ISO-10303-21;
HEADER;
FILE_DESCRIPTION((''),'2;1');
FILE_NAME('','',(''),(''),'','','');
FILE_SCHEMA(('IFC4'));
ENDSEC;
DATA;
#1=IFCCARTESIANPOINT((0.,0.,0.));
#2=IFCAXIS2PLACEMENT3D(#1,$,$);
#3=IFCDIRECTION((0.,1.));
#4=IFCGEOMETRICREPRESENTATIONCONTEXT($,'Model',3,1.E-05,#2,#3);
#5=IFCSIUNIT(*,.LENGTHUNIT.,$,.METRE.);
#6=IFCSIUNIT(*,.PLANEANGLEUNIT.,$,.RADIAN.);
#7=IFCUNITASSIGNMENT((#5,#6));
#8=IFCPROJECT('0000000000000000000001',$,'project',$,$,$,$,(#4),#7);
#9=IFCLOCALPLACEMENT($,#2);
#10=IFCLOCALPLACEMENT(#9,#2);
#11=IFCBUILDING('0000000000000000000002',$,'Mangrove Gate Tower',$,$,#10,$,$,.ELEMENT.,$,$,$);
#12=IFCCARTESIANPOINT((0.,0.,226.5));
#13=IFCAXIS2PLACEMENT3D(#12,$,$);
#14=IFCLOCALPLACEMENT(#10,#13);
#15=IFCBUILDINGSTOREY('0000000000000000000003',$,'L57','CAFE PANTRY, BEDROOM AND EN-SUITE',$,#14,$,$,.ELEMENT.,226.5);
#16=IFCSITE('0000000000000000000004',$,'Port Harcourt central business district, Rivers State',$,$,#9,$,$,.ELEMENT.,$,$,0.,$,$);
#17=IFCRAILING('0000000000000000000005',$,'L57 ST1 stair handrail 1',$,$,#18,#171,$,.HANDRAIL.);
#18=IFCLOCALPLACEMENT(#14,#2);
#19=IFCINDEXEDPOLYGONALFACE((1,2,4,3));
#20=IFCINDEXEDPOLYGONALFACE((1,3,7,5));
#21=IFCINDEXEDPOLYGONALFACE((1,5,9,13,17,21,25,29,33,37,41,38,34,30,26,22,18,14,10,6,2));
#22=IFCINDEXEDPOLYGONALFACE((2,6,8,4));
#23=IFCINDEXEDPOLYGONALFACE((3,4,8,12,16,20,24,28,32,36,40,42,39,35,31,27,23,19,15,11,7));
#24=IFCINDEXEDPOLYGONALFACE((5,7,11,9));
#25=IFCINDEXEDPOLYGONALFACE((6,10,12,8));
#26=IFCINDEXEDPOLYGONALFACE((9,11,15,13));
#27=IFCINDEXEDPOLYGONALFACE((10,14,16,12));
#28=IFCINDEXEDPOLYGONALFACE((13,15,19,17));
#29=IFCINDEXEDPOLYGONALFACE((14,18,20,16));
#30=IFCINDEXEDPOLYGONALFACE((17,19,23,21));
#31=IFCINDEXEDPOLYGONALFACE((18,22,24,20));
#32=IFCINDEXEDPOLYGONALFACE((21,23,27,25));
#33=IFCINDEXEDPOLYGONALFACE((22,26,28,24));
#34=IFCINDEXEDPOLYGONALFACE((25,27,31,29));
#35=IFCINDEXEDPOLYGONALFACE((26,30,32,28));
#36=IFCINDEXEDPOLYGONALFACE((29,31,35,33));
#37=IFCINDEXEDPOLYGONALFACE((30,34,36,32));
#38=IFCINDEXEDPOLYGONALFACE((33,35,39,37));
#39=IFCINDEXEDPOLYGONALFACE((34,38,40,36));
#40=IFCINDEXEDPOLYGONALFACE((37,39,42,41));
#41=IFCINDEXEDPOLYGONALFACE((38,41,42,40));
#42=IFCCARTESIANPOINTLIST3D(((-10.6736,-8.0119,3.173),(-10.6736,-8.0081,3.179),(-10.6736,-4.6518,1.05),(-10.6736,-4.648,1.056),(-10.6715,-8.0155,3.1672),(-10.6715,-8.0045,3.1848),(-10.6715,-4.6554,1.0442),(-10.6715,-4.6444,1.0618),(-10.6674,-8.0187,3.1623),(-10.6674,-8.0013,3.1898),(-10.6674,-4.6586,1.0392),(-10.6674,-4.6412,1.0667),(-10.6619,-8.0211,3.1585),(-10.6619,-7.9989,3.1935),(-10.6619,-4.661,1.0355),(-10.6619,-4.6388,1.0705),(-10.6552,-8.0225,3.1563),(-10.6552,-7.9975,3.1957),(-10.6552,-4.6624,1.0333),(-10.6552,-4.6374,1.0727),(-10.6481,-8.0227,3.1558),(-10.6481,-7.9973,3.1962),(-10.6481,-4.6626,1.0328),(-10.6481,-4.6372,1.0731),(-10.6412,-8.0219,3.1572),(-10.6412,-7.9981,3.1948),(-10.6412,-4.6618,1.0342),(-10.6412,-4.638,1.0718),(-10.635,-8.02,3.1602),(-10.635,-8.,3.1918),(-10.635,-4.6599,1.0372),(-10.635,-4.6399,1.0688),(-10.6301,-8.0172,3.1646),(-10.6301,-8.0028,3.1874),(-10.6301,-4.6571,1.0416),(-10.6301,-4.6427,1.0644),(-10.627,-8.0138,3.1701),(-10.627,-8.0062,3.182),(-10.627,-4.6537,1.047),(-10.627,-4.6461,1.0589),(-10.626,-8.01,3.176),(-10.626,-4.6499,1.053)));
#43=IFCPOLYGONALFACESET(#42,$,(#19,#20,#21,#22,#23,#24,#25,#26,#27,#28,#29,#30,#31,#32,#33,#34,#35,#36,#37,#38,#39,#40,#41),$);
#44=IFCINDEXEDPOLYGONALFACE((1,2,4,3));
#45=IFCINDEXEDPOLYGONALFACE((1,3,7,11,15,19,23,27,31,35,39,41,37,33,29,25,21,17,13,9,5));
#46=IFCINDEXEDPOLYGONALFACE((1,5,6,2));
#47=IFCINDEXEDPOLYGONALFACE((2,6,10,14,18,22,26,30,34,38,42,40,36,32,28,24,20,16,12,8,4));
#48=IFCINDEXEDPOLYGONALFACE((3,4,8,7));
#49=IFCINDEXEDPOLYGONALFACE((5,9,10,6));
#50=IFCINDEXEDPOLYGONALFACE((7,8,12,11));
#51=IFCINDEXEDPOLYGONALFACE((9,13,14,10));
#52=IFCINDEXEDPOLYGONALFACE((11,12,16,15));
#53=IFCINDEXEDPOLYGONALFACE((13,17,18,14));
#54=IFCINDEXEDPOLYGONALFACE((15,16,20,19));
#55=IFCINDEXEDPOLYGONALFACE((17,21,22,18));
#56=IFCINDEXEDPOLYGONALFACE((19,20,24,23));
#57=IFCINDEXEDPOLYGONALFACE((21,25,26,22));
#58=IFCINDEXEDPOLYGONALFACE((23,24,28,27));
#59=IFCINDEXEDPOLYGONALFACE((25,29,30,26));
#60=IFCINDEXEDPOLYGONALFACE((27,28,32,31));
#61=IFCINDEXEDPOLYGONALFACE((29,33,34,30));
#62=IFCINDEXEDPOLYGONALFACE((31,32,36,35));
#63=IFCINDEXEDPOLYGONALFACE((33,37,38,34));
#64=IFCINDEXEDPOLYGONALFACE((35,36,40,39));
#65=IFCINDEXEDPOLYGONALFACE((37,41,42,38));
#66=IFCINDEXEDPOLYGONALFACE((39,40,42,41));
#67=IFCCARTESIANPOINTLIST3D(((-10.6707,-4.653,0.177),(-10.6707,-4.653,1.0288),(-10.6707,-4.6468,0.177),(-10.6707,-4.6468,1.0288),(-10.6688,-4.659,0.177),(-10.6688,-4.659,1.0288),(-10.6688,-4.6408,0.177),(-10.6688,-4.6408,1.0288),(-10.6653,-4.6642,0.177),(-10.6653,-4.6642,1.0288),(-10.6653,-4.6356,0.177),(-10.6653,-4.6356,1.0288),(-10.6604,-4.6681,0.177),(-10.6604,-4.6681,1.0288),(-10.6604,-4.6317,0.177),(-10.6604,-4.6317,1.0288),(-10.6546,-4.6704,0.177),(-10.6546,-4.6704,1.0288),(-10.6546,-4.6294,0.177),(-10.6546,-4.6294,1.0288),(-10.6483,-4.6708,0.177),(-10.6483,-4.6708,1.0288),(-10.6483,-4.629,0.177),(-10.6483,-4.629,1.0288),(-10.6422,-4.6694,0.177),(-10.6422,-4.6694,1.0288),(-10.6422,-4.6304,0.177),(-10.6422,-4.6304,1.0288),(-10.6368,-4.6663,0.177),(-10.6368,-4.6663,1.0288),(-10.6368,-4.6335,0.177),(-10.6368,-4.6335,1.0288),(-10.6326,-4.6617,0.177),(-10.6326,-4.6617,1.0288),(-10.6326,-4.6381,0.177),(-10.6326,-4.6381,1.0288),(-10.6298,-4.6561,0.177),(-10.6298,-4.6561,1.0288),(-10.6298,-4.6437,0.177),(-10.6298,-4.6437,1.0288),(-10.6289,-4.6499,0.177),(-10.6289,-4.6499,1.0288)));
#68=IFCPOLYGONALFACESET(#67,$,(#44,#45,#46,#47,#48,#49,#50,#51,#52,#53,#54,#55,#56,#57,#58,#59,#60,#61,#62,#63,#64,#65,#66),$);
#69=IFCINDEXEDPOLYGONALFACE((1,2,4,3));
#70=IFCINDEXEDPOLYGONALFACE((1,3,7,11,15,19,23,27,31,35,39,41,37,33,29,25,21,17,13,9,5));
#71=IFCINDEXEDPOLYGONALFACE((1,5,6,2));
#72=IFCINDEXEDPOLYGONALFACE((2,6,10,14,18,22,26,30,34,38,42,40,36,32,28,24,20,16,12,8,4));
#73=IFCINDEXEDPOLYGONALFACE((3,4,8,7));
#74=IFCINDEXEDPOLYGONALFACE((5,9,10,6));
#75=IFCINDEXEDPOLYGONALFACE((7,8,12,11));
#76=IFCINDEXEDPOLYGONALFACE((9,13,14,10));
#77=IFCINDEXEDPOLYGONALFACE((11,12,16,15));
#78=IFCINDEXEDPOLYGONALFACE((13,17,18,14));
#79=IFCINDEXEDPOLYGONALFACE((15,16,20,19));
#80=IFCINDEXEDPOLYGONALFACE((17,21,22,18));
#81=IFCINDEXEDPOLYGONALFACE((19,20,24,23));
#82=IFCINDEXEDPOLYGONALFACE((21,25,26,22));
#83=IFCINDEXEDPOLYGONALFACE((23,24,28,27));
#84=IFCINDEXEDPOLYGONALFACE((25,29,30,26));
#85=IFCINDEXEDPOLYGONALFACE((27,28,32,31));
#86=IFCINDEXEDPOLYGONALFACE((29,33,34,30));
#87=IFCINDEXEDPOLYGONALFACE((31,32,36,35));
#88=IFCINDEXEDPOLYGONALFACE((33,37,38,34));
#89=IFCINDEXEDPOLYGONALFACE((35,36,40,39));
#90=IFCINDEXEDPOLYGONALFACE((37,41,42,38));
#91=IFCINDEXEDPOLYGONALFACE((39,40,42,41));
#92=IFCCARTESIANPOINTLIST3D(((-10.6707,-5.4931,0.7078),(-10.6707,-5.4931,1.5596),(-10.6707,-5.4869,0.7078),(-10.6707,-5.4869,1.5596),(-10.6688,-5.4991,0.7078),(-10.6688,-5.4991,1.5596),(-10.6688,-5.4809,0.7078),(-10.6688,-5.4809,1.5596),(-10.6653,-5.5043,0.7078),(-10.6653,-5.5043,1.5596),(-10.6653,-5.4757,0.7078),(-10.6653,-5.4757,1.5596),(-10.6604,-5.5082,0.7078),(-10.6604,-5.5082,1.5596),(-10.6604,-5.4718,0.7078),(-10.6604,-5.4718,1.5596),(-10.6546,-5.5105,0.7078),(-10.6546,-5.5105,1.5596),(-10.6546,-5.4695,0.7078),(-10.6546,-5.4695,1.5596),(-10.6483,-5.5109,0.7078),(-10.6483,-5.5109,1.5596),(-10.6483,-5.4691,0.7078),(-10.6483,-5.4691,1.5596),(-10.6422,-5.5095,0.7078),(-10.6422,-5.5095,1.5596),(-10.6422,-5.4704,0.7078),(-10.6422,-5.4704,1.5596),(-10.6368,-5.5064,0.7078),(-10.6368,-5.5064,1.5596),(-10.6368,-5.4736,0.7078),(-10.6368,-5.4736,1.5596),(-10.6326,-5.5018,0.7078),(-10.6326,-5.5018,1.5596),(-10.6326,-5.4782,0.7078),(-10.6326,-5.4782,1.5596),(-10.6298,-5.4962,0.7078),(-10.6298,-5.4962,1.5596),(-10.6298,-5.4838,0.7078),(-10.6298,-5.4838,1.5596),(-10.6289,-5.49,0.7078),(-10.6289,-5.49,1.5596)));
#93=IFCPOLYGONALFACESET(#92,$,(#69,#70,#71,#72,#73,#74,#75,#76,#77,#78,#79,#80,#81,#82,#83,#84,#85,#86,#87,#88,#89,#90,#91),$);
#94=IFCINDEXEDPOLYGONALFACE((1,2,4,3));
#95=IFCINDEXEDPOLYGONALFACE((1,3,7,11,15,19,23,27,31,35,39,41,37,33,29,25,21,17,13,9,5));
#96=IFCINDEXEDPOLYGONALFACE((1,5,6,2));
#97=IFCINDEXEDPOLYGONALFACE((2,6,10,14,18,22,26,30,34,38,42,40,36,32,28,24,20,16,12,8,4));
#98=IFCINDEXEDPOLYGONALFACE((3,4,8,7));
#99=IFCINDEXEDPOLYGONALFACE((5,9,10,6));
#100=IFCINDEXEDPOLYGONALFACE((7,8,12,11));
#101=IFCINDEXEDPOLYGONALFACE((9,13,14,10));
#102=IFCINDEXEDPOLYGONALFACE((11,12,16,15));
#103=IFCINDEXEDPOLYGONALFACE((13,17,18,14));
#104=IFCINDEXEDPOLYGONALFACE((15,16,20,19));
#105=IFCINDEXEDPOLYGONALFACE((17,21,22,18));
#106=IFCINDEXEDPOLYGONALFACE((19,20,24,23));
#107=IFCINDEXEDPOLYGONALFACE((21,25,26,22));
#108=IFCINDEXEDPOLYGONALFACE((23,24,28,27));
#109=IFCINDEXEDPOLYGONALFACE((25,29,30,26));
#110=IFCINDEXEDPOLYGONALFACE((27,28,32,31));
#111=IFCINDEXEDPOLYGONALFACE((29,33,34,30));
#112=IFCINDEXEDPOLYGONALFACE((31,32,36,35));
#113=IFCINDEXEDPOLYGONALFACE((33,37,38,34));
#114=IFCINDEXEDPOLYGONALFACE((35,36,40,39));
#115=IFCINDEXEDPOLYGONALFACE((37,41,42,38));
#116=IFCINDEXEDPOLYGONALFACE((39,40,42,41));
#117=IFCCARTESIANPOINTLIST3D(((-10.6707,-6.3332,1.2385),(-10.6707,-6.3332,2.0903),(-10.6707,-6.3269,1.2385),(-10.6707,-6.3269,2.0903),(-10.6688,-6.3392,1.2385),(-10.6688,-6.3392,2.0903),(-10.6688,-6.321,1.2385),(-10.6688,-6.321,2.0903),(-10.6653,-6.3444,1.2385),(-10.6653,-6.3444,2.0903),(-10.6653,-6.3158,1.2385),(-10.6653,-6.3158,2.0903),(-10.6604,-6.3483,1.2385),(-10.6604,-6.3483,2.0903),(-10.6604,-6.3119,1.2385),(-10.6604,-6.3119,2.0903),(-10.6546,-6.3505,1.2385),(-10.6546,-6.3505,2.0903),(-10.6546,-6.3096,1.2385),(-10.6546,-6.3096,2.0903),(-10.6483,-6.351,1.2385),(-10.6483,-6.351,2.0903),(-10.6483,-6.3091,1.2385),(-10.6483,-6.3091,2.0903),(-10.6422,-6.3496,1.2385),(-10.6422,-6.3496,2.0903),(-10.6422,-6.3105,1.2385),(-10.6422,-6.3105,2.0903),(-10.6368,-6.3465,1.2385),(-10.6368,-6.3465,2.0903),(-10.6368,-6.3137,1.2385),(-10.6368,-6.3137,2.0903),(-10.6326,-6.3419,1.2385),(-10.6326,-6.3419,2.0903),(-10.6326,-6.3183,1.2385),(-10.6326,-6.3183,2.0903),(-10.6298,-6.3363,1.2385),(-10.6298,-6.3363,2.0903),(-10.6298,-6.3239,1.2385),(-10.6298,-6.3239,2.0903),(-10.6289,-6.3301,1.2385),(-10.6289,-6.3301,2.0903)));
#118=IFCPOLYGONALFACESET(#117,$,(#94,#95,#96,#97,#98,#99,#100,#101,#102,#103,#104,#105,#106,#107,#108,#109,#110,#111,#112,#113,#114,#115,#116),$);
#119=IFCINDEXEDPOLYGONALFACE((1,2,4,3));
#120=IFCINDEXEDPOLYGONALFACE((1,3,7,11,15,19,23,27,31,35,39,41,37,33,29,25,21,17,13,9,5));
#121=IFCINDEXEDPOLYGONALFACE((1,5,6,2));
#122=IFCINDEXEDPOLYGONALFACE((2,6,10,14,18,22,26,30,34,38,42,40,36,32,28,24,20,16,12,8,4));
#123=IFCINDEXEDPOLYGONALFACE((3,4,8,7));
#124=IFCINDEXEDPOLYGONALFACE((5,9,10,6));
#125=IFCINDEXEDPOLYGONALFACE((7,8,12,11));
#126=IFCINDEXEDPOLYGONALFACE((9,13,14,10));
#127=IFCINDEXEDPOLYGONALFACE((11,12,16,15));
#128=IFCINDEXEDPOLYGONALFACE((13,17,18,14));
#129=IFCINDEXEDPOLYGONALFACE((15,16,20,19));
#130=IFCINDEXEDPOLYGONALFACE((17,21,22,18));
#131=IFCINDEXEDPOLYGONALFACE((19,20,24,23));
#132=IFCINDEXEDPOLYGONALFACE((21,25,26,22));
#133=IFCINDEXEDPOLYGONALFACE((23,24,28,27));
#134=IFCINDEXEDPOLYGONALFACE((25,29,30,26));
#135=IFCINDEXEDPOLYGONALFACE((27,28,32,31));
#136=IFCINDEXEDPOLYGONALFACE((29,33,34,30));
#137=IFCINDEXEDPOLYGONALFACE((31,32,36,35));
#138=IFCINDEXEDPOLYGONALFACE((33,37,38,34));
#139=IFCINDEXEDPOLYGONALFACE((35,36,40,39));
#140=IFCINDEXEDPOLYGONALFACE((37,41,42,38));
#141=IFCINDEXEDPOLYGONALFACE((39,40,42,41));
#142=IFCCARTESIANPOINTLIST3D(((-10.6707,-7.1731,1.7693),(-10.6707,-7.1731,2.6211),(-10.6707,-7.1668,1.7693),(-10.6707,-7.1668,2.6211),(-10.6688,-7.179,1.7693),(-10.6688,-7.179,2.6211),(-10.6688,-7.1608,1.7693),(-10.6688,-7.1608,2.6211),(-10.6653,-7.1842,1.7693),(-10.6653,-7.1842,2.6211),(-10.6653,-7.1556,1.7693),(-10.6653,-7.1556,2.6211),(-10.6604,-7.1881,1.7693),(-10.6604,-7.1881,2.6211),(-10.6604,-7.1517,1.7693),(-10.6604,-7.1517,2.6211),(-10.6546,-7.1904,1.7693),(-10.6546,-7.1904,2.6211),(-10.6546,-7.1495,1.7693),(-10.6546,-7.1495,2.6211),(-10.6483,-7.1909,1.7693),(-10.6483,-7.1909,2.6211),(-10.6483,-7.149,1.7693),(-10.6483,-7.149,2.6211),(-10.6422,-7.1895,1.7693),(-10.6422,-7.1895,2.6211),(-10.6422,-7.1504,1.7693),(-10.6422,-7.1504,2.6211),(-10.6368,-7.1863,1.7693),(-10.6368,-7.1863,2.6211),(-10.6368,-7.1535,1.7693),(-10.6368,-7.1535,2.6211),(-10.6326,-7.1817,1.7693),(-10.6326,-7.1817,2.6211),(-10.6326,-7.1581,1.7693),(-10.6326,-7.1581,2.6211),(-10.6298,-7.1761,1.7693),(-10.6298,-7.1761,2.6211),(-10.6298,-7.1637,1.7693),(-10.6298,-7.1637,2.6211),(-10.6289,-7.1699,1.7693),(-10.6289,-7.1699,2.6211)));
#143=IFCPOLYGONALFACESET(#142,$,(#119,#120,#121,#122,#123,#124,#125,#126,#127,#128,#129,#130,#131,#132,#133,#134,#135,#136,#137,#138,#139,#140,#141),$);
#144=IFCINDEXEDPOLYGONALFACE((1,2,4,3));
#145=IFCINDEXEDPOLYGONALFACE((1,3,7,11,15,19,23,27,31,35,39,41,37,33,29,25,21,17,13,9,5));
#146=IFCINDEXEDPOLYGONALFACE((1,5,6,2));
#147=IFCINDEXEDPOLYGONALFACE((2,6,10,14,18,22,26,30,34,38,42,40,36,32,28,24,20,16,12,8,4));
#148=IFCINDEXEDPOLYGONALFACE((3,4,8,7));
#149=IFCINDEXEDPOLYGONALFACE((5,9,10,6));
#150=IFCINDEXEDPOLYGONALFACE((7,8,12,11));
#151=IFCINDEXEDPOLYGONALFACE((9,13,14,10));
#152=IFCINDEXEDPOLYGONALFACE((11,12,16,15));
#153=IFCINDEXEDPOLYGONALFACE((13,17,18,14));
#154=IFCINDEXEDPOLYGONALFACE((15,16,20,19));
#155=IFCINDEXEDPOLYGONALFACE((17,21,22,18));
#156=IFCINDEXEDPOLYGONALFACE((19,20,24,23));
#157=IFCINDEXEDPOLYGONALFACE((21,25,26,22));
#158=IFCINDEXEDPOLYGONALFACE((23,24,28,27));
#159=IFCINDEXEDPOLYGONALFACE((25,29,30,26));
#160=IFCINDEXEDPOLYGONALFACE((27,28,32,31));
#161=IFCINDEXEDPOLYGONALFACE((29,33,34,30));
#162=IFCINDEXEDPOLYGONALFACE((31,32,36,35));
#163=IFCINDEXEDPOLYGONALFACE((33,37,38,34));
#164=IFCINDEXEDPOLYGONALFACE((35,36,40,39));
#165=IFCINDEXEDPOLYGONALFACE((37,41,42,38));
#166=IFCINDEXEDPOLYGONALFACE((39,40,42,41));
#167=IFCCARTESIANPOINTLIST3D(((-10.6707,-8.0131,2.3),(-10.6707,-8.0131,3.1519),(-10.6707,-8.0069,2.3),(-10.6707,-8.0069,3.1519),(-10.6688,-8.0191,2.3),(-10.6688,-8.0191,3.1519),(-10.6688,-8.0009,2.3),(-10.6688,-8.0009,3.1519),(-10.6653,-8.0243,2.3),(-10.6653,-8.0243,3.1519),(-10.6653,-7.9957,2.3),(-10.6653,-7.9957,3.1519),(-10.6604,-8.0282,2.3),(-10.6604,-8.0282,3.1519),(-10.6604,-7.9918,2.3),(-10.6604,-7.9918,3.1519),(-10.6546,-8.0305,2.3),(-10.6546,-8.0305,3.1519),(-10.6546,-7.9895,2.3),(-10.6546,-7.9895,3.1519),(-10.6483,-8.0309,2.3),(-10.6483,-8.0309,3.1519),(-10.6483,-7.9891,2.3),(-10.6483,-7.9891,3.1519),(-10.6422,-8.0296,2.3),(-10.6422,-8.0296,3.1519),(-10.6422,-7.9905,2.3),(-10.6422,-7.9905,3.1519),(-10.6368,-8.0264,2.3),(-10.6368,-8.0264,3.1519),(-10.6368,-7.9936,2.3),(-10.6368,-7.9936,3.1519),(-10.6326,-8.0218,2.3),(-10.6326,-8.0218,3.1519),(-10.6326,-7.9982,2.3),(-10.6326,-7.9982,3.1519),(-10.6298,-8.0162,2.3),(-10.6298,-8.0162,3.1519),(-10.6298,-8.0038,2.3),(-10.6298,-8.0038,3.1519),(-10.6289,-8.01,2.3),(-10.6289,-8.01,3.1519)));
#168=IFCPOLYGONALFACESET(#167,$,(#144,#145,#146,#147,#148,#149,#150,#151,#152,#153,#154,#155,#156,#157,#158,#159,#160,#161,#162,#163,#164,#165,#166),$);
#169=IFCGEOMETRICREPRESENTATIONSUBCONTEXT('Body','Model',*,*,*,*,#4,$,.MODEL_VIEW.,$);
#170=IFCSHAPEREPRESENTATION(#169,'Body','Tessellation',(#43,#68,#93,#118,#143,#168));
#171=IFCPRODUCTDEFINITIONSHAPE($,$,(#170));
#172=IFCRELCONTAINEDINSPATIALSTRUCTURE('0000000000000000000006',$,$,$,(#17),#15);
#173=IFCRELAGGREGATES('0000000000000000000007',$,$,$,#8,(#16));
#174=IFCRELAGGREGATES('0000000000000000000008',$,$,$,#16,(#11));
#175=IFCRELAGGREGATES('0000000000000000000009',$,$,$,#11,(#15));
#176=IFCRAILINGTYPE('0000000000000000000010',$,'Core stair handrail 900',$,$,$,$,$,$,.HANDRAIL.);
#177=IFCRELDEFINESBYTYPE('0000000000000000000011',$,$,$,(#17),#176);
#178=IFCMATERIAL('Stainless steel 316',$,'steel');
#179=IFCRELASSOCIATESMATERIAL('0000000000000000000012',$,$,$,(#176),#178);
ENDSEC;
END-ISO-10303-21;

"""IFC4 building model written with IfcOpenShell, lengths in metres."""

from ifc_helpers import new_model, si_unit, direction, frame, origin, origin_2d, place, context, subcontext, project, spatial, circle, extrude, material, type_object, element, save


model = new_model("IFC4")

# Units and contexts
model_context = context("Model", 3, precision=1e-05, world=origin(), true_north=direction((0.0, 1.0)))
body_context = subcontext(model_context, "Body", "Model", "MODEL_VIEW")
ifc_project = project(units=[si_unit("LENGTHUNIT", "METRE"), si_unit("PLANEANGLEUNIT", "RADIAN")], contexts=[model_context])

# Site, building, storey
site_placement = place(None, origin())
site = spatial("IfcSite", under=ifc_project, at=site_placement, Name="Port Harcourt central business district, Rivers State", CompositionType="ELEMENT", RefElevation=0.0)
building_placement = place(site_placement, origin())
building = spatial("IfcBuilding", under=site, at=building_placement, Name="Mangrove Gate Tower", CompositionType="ELEMENT")
storey_placement = place(building_placement, frame((0.0, 0.0, 226.5)))
storey = spatial("IfcBuildingStorey", under=building, at=storey_placement, Name="L57", Description="CAFE PANTRY, BEDROOM AND EN-SUITE", CompositionType="ELEMENT", Elevation=226.5)

# Railing
ifc_material_1 = material(Name="Stainless steel 316", Category="steel")
railing_type = type_object("IfcRailingType", Name="Core stair handrail 900", PredefinedType="HANDRAIL", material=ifc_material_1)
railing_placement = place(storey_placement, frame((-10.6499, -4.6499, 0.177)))
element("IfcRailing", 1, at=railing_placement, inside=storey, type_object=railing_type, Name="L57 ST1 stair handrail 1", PredefinedType="HANDRAIL", context=body_context, shape_type="SweptSolid", body=[
    extrude(circle(Radius=0.0239, at=origin_2d()), frame((0.0, 0.0, 0.876), z_axis=(0.0, -0.84539, 0.53415), x_axis=(1.0, 0.0, 0.0)), (0.0, 0.0, 1.0), 3.9746),
    extrude(circle(Radius=0.021, at=origin_2d()), origin(), (0.0, 0.0, 1.0), 0.8518),
    extrude(circle(Radius=0.021, at=origin_2d()), frame((0.0, -0.8401, 0.5308)), (0.0, 0.0, 1.0), 0.8518),
    extrude(circle(Radius=0.021, at=origin_2d()), frame((0.0, -1.6802, 1.0615)), (0.0, 0.0, 1.0), 0.8518),
    extrude(circle(Radius=0.021, at=origin_2d()), frame((0.0, -2.52, 1.5923)), (0.0, 0.0, 1.0), 0.8518),
    extrude(circle(Radius=0.021, at=origin_2d()), frame((0.0, -3.3601, 2.123)), (0.0, 0.0, 1.0), 0.8518),
])

save(model, "model.ifc")
